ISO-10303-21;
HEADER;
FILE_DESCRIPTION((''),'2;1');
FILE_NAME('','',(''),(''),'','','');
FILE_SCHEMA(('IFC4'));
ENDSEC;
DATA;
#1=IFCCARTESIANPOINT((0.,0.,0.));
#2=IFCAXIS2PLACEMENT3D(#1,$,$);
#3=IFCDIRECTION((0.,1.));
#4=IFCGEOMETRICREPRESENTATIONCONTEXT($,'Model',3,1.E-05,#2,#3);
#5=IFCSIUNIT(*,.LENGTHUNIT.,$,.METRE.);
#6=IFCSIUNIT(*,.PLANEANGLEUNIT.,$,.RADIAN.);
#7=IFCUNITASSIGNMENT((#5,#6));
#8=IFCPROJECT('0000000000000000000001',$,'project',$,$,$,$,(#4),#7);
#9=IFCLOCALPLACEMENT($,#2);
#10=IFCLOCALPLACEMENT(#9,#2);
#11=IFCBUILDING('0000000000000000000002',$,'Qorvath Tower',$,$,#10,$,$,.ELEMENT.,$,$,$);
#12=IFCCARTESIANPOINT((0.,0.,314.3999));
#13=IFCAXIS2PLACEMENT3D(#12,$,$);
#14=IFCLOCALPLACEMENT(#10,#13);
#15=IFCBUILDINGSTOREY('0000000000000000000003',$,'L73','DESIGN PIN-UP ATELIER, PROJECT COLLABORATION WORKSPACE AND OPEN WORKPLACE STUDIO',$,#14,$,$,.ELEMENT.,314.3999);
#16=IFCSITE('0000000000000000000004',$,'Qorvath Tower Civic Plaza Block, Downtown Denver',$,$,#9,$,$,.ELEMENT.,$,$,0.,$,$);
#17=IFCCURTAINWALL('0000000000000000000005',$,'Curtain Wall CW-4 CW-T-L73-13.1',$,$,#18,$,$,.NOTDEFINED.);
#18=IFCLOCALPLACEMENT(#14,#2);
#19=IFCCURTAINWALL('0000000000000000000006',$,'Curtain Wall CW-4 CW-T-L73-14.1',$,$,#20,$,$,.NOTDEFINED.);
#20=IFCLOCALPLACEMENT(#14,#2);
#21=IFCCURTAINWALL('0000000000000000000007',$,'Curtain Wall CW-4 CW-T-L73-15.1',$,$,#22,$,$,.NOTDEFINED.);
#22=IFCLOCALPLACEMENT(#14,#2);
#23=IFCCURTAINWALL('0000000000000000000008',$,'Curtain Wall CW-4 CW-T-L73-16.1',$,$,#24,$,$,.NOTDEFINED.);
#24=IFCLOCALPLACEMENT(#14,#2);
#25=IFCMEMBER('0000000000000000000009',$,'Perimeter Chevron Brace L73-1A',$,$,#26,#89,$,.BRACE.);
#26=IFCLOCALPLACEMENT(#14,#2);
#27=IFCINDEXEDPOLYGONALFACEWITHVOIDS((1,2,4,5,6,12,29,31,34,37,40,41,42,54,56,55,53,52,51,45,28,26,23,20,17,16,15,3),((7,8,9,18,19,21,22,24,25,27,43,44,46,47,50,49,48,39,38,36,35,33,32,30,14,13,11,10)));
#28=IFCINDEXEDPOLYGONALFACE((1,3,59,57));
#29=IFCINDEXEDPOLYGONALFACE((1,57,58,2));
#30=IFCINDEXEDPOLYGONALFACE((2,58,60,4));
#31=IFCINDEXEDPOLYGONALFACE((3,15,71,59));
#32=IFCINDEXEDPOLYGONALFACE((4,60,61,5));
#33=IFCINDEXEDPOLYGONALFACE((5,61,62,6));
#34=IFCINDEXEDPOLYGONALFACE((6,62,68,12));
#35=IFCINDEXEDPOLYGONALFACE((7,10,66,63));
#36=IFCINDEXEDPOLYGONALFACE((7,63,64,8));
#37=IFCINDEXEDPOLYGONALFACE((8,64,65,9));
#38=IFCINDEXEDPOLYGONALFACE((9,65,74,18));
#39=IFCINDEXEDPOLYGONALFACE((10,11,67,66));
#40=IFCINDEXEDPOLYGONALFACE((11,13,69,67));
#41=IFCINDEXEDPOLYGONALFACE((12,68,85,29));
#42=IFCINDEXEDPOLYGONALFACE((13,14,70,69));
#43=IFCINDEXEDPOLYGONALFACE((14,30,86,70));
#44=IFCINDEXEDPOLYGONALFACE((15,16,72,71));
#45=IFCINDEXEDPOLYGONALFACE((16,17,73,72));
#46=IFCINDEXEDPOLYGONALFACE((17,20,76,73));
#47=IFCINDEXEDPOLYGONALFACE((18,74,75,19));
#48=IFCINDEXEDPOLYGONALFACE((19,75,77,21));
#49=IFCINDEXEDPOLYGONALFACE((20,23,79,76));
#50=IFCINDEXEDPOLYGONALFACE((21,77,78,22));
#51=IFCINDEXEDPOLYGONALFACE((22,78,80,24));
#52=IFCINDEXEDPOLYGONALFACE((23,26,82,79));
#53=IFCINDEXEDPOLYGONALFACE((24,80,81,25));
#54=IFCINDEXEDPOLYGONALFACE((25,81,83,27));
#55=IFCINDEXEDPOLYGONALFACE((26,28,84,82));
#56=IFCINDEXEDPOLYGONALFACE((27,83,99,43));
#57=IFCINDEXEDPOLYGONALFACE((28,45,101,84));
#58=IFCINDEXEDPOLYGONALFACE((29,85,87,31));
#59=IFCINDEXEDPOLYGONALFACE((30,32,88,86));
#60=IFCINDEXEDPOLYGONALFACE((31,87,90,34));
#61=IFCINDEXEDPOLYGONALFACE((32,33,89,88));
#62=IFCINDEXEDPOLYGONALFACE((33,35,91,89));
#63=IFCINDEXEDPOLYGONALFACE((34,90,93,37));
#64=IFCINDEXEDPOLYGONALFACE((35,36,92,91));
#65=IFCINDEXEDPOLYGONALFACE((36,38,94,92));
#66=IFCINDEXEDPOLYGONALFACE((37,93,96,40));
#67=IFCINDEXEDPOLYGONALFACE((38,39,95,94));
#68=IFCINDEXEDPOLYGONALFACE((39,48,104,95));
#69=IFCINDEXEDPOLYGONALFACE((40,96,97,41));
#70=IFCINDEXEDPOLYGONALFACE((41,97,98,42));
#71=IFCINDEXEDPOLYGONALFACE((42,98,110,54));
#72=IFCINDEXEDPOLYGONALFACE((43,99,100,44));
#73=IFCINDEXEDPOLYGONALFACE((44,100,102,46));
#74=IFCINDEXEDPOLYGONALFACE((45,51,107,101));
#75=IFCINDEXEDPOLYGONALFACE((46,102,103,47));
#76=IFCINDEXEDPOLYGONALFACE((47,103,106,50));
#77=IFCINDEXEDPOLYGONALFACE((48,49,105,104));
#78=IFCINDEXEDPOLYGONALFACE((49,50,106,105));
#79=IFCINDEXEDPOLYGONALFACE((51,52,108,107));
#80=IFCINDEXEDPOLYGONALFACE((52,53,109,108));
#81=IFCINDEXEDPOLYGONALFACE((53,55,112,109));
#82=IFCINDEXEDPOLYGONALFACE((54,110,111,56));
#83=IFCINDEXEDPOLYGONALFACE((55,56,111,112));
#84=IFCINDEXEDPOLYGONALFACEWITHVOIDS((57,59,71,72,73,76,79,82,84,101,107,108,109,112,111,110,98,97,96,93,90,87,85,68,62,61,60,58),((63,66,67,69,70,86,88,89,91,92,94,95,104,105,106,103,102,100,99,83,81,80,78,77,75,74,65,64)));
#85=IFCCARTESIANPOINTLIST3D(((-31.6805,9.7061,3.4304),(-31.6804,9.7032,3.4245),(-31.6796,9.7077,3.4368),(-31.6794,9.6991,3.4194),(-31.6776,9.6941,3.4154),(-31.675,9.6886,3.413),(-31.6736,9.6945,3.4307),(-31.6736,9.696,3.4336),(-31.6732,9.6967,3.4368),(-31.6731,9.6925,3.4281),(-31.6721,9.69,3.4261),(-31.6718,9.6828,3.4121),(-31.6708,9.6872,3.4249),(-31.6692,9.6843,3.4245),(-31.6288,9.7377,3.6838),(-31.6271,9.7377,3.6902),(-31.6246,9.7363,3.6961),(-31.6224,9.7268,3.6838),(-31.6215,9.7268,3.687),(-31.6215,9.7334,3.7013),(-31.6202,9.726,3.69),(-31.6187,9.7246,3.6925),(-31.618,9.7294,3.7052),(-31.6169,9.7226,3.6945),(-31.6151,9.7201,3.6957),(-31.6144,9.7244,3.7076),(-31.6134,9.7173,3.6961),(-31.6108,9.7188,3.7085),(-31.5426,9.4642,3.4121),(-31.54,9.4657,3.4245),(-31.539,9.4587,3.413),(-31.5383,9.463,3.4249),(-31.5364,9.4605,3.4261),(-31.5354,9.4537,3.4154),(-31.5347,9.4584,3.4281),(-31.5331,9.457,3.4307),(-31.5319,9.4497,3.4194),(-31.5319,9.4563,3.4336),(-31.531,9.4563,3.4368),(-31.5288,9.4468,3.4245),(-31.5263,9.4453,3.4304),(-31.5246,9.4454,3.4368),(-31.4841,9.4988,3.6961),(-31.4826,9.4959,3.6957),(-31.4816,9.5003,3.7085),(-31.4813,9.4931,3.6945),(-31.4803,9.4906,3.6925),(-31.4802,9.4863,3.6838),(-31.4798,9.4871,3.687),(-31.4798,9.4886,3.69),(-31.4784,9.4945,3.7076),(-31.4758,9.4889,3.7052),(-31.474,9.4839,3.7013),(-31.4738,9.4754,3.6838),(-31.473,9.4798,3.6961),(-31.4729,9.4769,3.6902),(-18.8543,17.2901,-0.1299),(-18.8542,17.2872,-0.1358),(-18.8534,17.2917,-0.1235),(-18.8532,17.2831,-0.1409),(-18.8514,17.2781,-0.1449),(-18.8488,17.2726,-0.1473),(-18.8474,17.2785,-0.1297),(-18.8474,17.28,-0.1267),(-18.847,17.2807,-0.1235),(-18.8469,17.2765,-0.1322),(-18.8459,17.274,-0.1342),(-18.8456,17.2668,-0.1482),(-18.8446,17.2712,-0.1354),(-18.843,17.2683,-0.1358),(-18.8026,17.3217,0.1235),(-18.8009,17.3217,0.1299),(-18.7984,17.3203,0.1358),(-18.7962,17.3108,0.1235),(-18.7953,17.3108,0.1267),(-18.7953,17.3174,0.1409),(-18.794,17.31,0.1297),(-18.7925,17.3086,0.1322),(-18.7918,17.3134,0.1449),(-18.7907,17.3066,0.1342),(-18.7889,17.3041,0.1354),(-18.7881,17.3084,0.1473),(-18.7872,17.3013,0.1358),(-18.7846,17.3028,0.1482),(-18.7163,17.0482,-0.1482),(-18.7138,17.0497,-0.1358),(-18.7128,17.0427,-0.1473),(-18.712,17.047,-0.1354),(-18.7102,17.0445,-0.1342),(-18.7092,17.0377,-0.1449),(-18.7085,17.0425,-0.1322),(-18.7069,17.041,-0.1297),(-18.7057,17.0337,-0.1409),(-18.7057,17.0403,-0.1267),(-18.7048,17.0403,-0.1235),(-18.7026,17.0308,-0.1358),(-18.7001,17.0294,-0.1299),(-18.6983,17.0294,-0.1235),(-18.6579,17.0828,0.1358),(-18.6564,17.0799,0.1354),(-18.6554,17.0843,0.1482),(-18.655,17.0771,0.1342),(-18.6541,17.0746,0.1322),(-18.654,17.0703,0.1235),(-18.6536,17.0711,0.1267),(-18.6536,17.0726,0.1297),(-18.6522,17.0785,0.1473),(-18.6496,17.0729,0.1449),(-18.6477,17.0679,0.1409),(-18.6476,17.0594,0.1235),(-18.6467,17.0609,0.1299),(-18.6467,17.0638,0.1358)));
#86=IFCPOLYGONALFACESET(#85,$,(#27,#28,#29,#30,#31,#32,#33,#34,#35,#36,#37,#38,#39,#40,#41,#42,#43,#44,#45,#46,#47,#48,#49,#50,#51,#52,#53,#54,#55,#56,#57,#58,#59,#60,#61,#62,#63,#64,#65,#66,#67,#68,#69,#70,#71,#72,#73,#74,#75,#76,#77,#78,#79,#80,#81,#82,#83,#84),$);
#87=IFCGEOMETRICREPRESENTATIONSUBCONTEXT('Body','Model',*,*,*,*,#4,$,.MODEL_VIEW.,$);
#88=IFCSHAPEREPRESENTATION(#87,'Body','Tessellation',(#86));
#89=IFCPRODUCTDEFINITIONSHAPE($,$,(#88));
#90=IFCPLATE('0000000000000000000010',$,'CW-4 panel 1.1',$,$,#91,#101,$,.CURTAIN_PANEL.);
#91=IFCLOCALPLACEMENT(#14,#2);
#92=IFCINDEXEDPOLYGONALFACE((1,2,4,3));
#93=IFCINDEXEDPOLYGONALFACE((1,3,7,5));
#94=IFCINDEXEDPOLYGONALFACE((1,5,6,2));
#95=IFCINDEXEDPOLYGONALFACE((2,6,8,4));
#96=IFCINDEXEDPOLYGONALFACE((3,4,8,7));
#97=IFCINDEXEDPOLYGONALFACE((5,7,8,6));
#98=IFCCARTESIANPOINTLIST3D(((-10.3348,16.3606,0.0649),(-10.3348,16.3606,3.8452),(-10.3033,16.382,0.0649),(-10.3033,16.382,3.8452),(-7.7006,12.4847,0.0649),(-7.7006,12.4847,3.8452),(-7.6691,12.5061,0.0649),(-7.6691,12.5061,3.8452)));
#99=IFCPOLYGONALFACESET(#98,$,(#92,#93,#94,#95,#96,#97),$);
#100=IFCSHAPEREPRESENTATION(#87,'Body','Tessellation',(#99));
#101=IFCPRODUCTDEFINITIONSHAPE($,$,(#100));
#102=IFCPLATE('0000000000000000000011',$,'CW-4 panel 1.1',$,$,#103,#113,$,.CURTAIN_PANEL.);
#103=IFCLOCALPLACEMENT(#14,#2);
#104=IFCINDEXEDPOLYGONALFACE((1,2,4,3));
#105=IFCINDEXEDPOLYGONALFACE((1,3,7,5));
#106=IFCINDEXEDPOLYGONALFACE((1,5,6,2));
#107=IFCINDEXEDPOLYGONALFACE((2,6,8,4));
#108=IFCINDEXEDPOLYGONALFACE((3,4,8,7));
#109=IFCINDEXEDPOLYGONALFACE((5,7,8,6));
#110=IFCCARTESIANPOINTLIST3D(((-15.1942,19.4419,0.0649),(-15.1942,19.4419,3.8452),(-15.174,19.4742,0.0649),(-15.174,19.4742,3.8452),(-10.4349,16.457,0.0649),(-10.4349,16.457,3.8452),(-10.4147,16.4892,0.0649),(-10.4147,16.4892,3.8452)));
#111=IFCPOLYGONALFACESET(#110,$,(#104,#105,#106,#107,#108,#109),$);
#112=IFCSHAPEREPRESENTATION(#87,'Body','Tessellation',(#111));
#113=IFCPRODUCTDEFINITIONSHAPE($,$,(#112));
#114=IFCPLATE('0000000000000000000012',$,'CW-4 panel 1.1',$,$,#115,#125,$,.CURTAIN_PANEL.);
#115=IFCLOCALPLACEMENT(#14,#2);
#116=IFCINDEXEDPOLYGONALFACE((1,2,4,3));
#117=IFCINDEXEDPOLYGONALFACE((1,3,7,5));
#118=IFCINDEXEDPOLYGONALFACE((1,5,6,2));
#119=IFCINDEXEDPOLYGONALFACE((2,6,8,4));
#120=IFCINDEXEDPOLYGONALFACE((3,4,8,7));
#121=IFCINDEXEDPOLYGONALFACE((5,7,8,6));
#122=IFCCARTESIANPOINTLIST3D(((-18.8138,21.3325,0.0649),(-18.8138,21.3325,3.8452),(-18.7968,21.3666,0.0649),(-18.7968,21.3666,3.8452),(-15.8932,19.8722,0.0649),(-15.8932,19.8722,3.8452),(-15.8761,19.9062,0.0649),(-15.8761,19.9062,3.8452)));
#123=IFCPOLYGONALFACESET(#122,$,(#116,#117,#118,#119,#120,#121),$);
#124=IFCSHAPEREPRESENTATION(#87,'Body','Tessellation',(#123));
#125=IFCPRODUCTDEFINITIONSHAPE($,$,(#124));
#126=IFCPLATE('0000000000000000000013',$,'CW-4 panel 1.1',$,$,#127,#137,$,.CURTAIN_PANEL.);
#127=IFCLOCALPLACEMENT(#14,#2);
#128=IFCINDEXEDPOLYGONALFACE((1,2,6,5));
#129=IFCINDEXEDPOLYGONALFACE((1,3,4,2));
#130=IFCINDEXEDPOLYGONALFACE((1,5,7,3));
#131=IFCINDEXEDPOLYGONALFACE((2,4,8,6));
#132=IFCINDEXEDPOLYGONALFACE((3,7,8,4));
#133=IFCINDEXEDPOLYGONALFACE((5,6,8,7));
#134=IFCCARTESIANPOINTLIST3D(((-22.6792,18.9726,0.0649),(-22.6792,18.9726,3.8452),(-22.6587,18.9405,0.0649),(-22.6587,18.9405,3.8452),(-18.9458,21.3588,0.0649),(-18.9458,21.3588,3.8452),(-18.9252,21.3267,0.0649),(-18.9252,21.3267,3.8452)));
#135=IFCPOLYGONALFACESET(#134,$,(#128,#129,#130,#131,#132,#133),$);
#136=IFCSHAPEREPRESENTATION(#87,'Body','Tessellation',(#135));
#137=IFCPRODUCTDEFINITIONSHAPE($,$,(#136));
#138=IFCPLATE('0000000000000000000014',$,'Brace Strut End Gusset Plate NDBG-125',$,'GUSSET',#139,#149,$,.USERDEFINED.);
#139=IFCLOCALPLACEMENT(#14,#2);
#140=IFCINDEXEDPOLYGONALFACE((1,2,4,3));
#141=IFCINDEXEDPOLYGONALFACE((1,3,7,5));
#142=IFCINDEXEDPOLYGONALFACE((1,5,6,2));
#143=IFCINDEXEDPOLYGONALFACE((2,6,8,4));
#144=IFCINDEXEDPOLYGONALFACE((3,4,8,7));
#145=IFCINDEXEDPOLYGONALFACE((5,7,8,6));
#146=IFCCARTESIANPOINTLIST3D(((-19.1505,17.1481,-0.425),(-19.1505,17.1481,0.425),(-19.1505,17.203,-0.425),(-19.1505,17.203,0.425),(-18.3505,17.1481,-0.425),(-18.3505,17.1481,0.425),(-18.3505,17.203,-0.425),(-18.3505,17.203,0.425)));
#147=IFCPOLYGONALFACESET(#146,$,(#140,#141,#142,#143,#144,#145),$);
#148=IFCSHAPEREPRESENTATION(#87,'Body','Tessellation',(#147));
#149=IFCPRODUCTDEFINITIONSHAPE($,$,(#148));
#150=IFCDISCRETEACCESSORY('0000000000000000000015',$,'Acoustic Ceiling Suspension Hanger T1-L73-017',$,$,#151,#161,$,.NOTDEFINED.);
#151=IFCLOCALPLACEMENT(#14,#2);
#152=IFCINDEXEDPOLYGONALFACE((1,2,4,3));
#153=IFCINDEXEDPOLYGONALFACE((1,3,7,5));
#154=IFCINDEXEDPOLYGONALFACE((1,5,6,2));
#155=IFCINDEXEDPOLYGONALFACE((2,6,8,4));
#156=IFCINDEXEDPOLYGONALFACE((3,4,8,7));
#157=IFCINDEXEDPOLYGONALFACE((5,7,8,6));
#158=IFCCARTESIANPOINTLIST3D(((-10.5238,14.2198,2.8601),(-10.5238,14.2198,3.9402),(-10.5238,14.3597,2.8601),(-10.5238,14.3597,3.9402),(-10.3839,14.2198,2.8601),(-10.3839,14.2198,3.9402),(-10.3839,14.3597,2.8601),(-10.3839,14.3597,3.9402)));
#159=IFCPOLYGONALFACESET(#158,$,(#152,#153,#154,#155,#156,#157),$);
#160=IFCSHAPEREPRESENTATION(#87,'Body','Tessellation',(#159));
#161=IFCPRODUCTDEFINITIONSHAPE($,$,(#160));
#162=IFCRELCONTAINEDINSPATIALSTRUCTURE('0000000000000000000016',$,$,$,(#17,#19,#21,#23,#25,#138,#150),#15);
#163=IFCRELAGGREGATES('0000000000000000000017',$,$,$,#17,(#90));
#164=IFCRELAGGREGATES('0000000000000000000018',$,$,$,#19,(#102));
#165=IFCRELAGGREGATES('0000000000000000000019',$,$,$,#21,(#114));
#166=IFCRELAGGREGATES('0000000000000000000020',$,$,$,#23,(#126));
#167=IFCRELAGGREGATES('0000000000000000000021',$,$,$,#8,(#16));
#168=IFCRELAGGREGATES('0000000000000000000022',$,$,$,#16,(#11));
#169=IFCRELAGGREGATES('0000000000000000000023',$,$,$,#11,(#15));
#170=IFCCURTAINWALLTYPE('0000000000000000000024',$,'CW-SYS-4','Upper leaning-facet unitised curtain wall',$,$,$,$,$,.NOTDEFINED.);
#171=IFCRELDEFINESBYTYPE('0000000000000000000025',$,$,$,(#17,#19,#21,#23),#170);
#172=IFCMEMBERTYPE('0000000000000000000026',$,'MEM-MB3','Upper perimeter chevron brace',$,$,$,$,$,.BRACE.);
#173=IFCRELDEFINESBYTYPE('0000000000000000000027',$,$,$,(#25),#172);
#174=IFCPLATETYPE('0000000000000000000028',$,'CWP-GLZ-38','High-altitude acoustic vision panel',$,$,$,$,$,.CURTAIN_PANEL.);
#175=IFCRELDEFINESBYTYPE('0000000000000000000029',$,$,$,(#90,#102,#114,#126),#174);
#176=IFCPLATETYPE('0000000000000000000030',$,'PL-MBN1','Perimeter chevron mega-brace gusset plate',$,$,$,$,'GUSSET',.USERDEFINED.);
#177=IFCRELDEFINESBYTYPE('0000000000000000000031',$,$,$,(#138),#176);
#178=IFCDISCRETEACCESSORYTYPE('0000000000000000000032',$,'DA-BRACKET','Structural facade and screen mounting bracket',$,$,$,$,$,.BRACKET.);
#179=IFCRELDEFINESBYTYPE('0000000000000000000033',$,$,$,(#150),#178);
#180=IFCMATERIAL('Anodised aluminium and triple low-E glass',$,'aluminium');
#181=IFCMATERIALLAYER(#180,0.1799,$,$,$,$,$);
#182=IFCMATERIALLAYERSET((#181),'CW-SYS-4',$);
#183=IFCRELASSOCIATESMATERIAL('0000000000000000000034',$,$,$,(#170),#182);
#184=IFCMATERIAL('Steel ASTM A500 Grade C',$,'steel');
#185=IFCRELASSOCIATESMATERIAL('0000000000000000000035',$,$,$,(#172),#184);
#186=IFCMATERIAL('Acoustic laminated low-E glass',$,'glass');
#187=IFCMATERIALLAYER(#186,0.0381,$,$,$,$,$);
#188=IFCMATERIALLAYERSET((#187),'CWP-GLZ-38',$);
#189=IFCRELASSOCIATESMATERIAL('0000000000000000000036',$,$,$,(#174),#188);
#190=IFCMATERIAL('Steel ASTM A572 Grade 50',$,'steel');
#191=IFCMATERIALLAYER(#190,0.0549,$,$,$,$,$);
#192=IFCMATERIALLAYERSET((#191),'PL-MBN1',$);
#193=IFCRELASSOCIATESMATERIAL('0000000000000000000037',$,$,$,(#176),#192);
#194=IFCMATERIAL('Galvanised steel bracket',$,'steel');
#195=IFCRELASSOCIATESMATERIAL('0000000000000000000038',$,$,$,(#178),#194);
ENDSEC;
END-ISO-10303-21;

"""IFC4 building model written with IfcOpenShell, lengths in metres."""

from ifc_helpers import new_model, si_unit, direction, frame, origin, origin_2d, place, context, subcontext, project, spatial, rectangle, hollow_rectangle, extrude, material, layer, layer_set, material_profile, profile_set, type_object, element, aggregate, save


model = new_model("IFC4")

# Units and contexts
model_context = context("Model", 3, precision=1e-05, world=origin(), true_north=direction((0.0, 1.0)))
body_context = subcontext(model_context, "Body", "Model", "MODEL_VIEW")
ifc_project = project(units=[si_unit("LENGTHUNIT", "METRE"), si_unit("PLANEANGLEUNIT", "RADIAN")], contexts=[model_context])

# Site, building, storey
site_placement = place(None, origin())
site = spatial("IfcSite", under=ifc_project, at=site_placement, Name="Qorvath Tower Civic Plaza Block, Downtown Denver", CompositionType="ELEMENT", RefElevation=0.0)
building_placement = place(site_placement, origin())
building = spatial("IfcBuilding", under=site, at=building_placement, Name="Qorvath Tower", CompositionType="ELEMENT")
storey_placement = place(building_placement, frame((0.0, 0.0, 314.3999)))
storey = spatial("IfcBuildingStorey", under=building, at=storey_placement, Name="L73", Description="DESIGN PIN-UP ATELIER, PROJECT COLLABORATION WORKSPACE AND OPEN WORKPLACE STUDIO", CompositionType="ELEMENT", Elevation=314.3999)

# Curtain wall
ifc_material_1 = material(Name="Anodised aluminium and triple low-E glass", Category="aluminium")
ifc_layer_1 = layer(ifc_material_1, 0.1799)
ifc_layer_set_1 = layer_set([ifc_layer_1], Name="CW-SYS-4")
curtain_wall_type = type_object("IfcCurtainWallType", Name="CW-SYS-4", Description="Upper leaning-facet unitised curtain wall", PredefinedType="NOTDEFINED", material=ifc_layer_set_1)
curtain_wall_1_placement = place(storey_placement, origin())
curtain_wall_1 = element("IfcCurtainWall", 1, at=curtain_wall_1_placement, inside=storey, type_object=curtain_wall_type, Name="Curtain Wall CW-4 CW-T-L73-13.1", PredefinedType="NOTDEFINED")

# Curtain walls
curtain_wall_2_placement = place(storey_placement, origin())
curtain_wall_2 = element("IfcCurtainWall", 2, at=curtain_wall_2_placement, inside=storey, type_object=curtain_wall_type, Name="Curtain Wall CW-4 CW-T-L73-14.1", PredefinedType="NOTDEFINED")
curtain_wall_3_placement = place(storey_placement, origin())
curtain_wall_3 = element("IfcCurtainWall", 3, at=curtain_wall_3_placement, inside=storey, type_object=curtain_wall_type, Name="Curtain Wall CW-4 CW-T-L73-15.1", PredefinedType="NOTDEFINED")

# Curtain wall
curtain_wall_4_placement = place(storey_placement, origin())
curtain_wall_4 = element("IfcCurtainWall", 4, at=curtain_wall_4_placement, inside=storey, type_object=curtain_wall_type, Name="Curtain Wall CW-4 CW-T-L73-16.1", PredefinedType="NOTDEFINED")

# Member
ifc_material_2 = material(Name="Steel ASTM A500 Grade C", Category="steel")
ifc_material_profile_1 = material_profile(ifc_material_2, hollow_rectangle(XDim=0.3047, YDim=0.3047, WallThickness=0.0127, InnerFilletRadius=0.0127, OuterFilletRadius=0.0254, at=origin_2d()), Name="HSS 305x305x12.7")
ifc_profile_set_1 = profile_set([ifc_material_profile_1], Name="Steel ASTM A500 Grade C")
member_type_1 = type_object("IfcMemberType", Name="MEM-MB3", Description="Upper perimeter chevron brace", PredefinedType="BRACE", material=ifc_profile_set_1)
member_1_placement = place(storey_placement, frame((-18.7505, 17.1755, 0.0), z_axis=(-0.837216, -0.495037, 0.232395), x_axis=(0.508972, -0.860783, 0.0)))
element("IfcMember", 5, at=member_1_placement, inside=storey, type_object=member_type_1, Name="Perimeter Chevron Brace L73-1A", PredefinedType="BRACE", context=body_context, shape_type="SweptSolid", body=[
    extrude(hollow_rectangle(XDim=0.3047, YDim=0.3047, WallThickness=0.0127, InnerFilletRadius=0.0127, OuterFilletRadius=0.0254, at=origin_2d()), origin(), (0.0, 0.0, 1.0), 15.3201),
])

# Plates
ifc_material_3 = material(Name="Acoustic laminated low-E glass", Category="glass")
ifc_layer_2 = layer(ifc_material_3, 0.0381)
ifc_layer_set_2 = layer_set([ifc_layer_2], Name="CWP-GLZ-38")
plate_type_1 = type_object("IfcPlateType", Name="CWP-GLZ-38", Description="High-altitude acoustic vision panel", PredefinedType="CURTAIN_PANEL", material=ifc_layer_set_2)
plate_1_placement = place(storey_placement, frame((-9.002, 14.4333, 0.0649), z_axis=(0.0, 0.0, 1.0), x_axis=(-0.562098, 0.827071, 0.0)))
plate_1 = element("IfcPlate", 6, at=plate_1_placement, type_object=plate_type_1, Name="CW-4 panel 1.1", PredefinedType="CURTAIN_PANEL", context=body_context, shape_type="SweptSolid", body=[
    extrude(rectangle(XDim=4.6863, YDim=0.0381, at=origin_2d()), origin(), (0.0, 0.0, 1.0), 3.7803),
])
aggregate(curtain_wall_1, [plate_1])
plate_2_placement = place(storey_placement, frame((-12.8044, 17.9656, 0.0649), z_axis=(0.0, 0.0, 1.0), x_axis=(-0.847168, 0.531324, 0.0)))
plate_2 = element("IfcPlate", 7, at=plate_2_placement, type_object=plate_type_1, Name="CW-4 panel 1.1", PredefinedType="CURTAIN_PANEL", context=body_context, shape_type="SweptSolid", body=[
    extrude(rectangle(XDim=5.6179, YDim=0.0381, at=origin_2d()), origin(), (0.0, 0.0, 1.0), 3.7803),
])
aggregate(curtain_wall_2, [plate_2])
plate_3_placement = place(storey_placement, frame((-17.345, 20.6194, 0.0649), z_axis=(0.0, 0.0, 1.0), x_axis=(-0.894421, 0.447225, 0.0)))
plate_3 = element("IfcPlate", 8, at=plate_3_placement, type_object=plate_type_1, Name="CW-4 panel 1.1", PredefinedType="CURTAIN_PANEL", context=body_context, shape_type="SweptSolid", body=[
    extrude(rectangle(XDim=3.2654, YDim=0.0381, at=origin_2d()), origin(), (0.0, 0.0, 1.0), 3.7803),
])
aggregate(curtain_wall_3, [plate_3])
plate_4_placement = place(storey_placement, frame((-20.8022, 20.1497, 0.0649), z_axis=(0.0, 0.0, 1.0), x_axis=(-0.842602, -0.538536, 0.0)))
plate_4 = element("IfcPlate", 9, at=plate_4_placement, type_object=plate_type_1, Name="CW-4 panel 1.1", PredefinedType="CURTAIN_PANEL", context=body_context, shape_type="SweptSolid", body=[
    extrude(rectangle(XDim=4.4309, YDim=0.0381, at=origin_2d()), origin(), (0.0, 0.0, 1.0), 3.7803),
])
aggregate(curtain_wall_4, [plate_4])
ifc_material_4 = material(Name="Steel ASTM A572 Grade 50", Category="steel")
ifc_layer_3 = layer(ifc_material_4, 0.0549)
ifc_layer_set_3 = layer_set([ifc_layer_3], Name="PL-MBN1")
plate_type_2 = type_object("IfcPlateType", Name="PL-MBN1", Description="Perimeter chevron mega-brace gusset plate", ElementType="GUSSET", PredefinedType="USERDEFINED", material=ifc_layer_set_3)
plate_5_placement = place(storey_placement, frame((-18.7505, 17.1755, -0.425), z_axis=(0.0, 0.0, 1.0), x_axis=(1.0, 0.0, 0.0)))
element("IfcPlate", 10, at=plate_5_placement, inside=storey, type_object=plate_type_2, Name="Brace Strut End Gusset Plate NDBG-125", ObjectType="GUSSET", PredefinedType="USERDEFINED", context=body_context, shape_type="SweptSolid", body=[
    extrude(rectangle(XDim=0.8, YDim=0.0549, at=origin_2d()), origin(), (0.0, 0.0, 1.0), 0.8501),
])

# Discrete accessory
ifc_material_5 = material(Name="Galvanised steel bracket", Category="steel")
discrete_accessory_type = type_object("IfcDiscreteAccessoryType", Name="DA-BRACKET", Description="Structural facade and screen mounting bracket", PredefinedType="BRACKET", material=ifc_material_5)
discrete_accessory_placement = place(storey_placement, frame((-10.4539, 14.2898, 2.8601), z_axis=(0.0, 0.0, 1.0), x_axis=(1.0, 0.0, 0.0)))
element("IfcDiscreteAccessory", 11, at=discrete_accessory_placement, inside=storey, type_object=discrete_accessory_type, Name="Acoustic Ceiling Suspension Hanger T1-L73-017", PredefinedType="NOTDEFINED", context=body_context, shape_type="SweptSolid", body=[
    extrude(rectangle(XDim=0.1399, YDim=0.1399, at=origin_2d()), origin(), (0.0, 0.0, 1.0), 1.0801),
])

save(model, "model.ifc")
